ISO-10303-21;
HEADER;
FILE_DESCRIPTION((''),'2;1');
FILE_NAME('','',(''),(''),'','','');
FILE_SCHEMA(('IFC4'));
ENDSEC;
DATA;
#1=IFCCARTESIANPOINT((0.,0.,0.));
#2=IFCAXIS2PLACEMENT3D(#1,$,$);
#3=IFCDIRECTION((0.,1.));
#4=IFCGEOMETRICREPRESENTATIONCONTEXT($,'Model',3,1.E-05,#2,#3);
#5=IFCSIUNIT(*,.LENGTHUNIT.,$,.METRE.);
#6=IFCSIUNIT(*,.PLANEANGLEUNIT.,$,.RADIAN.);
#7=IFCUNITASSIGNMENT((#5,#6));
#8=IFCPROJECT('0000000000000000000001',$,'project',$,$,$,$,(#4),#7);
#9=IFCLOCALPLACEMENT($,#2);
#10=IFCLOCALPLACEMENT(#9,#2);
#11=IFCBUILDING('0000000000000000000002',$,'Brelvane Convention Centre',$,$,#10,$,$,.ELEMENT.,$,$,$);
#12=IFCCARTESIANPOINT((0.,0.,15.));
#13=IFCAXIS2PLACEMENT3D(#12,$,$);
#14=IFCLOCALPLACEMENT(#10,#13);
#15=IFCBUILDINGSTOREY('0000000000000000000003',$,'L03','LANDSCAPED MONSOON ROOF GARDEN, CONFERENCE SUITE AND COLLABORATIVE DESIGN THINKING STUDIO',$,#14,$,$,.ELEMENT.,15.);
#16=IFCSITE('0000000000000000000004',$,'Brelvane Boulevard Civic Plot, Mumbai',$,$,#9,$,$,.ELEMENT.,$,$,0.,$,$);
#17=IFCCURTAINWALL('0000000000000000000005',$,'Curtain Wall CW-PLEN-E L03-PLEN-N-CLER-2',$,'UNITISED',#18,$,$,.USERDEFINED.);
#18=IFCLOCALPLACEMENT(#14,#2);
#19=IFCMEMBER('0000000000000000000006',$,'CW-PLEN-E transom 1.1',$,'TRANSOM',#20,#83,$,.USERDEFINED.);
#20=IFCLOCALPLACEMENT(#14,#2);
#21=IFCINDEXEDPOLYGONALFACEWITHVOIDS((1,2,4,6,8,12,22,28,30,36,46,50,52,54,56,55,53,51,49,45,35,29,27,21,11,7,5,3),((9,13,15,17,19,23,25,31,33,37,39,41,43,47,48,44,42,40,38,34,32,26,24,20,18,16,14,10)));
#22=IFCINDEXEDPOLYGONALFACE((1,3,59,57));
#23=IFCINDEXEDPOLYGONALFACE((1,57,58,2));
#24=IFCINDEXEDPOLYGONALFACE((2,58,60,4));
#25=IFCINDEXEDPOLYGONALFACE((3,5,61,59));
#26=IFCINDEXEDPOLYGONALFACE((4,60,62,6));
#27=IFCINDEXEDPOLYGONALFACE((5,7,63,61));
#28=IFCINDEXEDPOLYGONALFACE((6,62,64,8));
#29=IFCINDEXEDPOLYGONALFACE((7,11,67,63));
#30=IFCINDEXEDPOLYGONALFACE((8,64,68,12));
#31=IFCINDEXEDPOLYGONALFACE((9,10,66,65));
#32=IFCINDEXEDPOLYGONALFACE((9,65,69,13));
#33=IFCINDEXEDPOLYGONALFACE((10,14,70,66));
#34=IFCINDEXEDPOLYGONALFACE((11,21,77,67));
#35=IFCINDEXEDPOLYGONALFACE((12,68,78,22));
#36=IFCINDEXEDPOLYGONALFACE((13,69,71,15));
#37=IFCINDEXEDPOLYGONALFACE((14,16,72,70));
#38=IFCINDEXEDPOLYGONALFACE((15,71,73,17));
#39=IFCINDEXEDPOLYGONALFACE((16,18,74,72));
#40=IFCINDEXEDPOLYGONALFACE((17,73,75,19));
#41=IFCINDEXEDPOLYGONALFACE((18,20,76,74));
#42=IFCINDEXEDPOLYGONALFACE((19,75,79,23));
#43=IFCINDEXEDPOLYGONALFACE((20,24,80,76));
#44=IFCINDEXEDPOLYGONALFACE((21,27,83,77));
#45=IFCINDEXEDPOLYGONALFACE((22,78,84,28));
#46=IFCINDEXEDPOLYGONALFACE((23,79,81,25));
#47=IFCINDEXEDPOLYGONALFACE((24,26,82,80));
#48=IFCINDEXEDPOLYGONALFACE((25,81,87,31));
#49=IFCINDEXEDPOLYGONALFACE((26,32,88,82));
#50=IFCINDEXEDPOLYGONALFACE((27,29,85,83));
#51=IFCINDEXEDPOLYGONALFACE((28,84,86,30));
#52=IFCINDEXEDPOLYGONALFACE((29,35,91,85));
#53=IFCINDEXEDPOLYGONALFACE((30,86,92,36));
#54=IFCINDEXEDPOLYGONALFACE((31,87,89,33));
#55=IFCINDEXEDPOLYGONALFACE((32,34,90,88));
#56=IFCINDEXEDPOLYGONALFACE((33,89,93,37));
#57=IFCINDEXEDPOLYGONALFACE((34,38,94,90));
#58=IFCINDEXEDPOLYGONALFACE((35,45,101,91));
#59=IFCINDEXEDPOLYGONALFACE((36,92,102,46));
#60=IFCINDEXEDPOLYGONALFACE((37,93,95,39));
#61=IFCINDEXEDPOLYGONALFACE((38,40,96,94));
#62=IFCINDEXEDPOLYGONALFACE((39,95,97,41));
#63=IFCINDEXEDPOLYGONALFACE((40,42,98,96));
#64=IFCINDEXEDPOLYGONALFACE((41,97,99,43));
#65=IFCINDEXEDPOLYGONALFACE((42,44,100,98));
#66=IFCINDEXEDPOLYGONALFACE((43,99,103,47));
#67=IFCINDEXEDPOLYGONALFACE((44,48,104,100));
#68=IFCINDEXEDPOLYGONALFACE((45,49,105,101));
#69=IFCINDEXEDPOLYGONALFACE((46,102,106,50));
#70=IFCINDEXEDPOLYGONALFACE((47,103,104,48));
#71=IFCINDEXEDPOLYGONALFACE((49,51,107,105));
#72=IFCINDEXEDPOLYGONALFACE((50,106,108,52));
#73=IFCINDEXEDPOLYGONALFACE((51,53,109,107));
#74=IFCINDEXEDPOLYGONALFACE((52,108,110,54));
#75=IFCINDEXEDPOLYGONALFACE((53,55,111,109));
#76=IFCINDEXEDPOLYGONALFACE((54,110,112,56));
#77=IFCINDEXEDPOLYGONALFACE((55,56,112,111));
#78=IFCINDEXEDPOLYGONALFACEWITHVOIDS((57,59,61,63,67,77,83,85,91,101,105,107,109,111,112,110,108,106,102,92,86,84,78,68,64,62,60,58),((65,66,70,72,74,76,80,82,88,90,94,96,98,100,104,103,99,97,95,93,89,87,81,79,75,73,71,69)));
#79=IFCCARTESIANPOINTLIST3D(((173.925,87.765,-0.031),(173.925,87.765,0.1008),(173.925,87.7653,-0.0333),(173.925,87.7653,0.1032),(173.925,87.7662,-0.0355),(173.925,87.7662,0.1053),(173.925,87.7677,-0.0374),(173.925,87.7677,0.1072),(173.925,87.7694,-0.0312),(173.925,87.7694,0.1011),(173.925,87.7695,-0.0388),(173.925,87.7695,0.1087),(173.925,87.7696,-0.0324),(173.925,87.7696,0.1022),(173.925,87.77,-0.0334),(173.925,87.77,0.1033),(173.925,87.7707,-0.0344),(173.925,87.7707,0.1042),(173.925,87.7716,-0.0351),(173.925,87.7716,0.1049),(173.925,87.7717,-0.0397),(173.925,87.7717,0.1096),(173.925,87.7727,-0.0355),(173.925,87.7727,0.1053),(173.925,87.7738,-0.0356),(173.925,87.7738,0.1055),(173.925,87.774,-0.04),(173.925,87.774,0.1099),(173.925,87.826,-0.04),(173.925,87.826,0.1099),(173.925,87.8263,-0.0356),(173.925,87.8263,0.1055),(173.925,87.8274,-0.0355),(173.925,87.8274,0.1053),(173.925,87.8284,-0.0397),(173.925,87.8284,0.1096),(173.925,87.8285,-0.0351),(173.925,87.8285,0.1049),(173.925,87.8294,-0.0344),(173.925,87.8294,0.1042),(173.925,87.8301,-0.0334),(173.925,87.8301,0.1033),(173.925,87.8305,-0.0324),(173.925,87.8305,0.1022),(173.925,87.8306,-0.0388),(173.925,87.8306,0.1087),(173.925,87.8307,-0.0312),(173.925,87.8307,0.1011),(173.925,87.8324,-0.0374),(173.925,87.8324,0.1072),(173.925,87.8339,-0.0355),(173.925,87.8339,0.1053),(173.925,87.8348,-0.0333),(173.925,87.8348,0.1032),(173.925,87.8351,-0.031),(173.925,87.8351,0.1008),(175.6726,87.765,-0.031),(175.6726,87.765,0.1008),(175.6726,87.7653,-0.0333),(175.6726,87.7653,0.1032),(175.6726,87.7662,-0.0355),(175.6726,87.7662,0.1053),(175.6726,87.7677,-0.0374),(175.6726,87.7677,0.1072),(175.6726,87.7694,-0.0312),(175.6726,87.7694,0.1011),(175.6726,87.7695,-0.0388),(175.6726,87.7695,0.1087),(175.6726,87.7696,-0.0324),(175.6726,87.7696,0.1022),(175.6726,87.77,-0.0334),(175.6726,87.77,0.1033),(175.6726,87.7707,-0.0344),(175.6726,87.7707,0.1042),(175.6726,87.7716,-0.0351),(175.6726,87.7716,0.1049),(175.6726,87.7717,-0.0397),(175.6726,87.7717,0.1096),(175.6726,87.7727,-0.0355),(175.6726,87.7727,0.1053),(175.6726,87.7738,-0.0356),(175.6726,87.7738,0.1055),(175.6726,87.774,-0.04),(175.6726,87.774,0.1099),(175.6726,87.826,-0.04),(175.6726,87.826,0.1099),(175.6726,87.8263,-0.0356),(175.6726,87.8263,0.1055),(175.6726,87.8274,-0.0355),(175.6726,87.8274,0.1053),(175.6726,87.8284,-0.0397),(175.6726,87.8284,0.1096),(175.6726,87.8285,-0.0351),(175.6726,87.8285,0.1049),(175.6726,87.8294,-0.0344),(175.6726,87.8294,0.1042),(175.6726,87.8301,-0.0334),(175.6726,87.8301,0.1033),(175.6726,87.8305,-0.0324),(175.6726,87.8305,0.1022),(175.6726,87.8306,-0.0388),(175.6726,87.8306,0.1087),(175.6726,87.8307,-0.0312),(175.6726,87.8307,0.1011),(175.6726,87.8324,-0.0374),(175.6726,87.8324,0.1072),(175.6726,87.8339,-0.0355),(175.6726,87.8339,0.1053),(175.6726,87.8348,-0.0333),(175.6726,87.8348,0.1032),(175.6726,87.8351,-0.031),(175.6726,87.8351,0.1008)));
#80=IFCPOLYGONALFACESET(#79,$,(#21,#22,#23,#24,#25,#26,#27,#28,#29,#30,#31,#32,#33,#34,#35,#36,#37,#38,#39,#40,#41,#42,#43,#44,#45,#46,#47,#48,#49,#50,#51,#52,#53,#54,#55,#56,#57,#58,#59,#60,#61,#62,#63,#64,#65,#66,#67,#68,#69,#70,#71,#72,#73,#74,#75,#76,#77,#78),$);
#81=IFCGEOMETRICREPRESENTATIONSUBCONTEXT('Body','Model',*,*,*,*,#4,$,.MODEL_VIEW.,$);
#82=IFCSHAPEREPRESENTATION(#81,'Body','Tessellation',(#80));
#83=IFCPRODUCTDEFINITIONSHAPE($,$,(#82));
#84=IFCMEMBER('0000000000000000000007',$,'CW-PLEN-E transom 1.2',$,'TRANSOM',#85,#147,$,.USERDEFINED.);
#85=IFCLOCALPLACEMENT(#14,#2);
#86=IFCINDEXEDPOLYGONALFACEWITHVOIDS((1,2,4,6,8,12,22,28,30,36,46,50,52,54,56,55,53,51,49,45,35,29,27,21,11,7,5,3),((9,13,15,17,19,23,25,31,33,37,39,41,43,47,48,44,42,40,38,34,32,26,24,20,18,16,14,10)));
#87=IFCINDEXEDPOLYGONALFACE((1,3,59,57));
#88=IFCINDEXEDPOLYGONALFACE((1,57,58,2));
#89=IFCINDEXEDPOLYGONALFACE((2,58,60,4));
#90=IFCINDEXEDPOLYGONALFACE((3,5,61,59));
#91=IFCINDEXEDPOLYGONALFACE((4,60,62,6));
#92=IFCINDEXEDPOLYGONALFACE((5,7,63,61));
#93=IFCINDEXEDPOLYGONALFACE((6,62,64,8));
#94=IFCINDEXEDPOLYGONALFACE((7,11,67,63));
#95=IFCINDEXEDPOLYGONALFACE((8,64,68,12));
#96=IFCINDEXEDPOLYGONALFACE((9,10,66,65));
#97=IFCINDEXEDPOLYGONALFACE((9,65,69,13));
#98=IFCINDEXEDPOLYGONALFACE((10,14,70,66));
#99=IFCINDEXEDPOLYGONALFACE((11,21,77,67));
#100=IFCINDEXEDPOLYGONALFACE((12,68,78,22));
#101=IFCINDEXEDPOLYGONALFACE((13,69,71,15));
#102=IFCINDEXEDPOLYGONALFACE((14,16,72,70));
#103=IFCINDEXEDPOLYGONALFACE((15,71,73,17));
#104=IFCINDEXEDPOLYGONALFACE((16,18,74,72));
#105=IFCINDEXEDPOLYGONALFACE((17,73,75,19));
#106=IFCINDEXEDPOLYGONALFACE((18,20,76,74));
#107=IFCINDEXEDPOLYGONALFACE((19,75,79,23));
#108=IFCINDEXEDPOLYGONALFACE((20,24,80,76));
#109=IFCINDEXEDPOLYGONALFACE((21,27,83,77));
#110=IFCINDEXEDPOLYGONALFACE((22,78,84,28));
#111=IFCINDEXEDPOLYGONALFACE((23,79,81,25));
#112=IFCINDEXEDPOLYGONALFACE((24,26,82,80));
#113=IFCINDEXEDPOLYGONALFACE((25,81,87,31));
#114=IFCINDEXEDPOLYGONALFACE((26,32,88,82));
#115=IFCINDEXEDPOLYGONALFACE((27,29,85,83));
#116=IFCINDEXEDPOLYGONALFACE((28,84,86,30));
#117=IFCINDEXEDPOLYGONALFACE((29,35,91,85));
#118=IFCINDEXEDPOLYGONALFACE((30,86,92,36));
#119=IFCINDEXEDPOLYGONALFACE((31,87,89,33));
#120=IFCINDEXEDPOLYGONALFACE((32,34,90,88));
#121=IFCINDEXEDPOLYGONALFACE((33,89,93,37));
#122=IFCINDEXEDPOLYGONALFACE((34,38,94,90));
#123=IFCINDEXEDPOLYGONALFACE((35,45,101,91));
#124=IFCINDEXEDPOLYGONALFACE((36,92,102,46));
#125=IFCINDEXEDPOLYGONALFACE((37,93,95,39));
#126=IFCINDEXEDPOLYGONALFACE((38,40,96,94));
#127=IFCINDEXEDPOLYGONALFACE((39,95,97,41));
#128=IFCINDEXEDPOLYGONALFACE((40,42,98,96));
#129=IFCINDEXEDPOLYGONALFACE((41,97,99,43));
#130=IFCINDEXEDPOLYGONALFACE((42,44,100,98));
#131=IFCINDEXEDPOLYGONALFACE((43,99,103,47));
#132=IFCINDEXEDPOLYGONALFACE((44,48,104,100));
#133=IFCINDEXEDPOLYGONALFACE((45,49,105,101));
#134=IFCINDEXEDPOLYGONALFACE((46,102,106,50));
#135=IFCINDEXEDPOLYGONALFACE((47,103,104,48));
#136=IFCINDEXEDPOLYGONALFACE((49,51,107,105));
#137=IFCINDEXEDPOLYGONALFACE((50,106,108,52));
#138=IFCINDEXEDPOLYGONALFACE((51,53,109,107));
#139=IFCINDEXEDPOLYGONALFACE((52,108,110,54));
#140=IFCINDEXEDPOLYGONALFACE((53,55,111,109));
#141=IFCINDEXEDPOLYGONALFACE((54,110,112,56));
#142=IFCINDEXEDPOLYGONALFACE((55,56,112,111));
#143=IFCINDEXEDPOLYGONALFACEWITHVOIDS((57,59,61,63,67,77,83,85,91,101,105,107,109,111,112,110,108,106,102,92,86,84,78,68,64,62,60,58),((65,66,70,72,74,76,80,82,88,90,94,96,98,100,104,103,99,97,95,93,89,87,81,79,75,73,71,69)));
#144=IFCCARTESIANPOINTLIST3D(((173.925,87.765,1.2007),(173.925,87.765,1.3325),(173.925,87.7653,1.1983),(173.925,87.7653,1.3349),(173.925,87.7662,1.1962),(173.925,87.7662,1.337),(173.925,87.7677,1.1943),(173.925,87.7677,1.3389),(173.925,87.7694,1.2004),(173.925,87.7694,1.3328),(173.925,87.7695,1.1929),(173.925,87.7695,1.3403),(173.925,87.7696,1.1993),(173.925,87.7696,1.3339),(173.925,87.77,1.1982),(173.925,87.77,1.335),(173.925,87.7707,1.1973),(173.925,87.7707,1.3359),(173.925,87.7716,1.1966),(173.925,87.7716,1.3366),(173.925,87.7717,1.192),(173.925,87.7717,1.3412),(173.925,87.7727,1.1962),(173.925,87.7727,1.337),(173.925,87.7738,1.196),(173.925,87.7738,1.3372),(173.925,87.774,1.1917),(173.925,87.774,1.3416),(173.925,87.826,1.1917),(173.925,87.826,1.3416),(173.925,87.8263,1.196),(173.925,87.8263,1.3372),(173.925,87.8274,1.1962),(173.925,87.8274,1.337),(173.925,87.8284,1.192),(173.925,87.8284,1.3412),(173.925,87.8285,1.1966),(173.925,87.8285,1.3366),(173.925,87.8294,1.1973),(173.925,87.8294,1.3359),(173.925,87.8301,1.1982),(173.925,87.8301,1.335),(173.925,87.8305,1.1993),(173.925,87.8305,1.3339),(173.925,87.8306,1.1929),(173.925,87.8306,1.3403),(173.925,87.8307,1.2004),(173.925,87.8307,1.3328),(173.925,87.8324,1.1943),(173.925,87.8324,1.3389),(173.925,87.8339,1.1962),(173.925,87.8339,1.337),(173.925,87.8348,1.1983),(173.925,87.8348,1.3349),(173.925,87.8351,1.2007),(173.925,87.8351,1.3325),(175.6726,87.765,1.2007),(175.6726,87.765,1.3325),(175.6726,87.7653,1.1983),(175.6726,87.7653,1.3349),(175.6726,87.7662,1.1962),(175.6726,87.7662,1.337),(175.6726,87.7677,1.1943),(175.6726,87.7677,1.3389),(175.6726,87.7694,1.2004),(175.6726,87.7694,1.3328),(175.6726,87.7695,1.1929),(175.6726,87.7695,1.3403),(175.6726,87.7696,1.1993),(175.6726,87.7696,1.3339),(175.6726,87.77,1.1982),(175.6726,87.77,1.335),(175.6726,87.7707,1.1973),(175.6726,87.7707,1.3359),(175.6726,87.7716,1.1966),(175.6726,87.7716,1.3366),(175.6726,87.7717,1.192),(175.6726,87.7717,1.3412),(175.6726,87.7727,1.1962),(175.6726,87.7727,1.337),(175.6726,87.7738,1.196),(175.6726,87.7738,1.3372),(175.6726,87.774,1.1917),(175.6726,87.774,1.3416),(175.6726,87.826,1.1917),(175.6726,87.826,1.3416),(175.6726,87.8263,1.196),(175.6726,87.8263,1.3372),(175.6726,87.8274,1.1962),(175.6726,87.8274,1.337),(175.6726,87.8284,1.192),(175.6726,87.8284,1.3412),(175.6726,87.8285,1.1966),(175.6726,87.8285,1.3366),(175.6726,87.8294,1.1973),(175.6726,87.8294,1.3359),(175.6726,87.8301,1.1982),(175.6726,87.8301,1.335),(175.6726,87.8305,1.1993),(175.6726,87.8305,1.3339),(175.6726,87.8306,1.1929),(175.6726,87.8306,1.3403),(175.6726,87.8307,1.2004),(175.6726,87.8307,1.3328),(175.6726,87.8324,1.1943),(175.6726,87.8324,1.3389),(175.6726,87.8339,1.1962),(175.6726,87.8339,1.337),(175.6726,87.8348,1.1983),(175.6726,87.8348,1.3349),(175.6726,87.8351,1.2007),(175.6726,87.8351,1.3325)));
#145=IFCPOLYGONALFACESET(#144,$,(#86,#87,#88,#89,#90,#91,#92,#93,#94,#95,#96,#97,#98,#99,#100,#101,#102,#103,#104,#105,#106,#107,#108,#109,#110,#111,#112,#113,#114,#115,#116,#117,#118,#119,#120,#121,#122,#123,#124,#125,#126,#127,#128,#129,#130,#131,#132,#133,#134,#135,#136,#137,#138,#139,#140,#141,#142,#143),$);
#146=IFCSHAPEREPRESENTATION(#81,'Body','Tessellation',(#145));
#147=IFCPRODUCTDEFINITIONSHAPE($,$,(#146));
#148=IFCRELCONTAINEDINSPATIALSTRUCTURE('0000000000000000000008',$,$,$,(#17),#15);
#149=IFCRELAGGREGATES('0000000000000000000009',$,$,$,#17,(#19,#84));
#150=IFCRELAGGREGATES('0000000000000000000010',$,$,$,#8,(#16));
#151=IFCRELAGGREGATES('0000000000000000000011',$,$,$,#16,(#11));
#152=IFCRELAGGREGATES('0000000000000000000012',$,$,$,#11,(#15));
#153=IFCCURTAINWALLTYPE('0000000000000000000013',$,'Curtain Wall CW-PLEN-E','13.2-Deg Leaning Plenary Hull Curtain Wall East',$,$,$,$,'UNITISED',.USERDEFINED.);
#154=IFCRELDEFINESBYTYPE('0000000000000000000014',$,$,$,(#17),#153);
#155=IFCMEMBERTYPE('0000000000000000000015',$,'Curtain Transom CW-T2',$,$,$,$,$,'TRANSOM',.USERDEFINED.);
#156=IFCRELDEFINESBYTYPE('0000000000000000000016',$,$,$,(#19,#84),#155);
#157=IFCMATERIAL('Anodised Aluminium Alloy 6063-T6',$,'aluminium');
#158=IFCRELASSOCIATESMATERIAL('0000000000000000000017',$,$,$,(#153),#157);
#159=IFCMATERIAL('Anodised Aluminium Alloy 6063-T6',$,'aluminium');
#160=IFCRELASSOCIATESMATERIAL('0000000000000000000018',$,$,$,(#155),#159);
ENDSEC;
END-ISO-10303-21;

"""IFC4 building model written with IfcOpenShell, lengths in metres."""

from ifc_helpers import new_model, si_unit, direction, frame, origin, origin_2d, place, context, subcontext, project, spatial, hollow_rectangle, extrude, material, material_profile, profile_set, type_object, element, aggregate, save


model = new_model("IFC4")

# Units and contexts
model_context = context("Model", 3, precision=1e-05, world=origin(), true_north=direction((0.0, 1.0)))
body_context = subcontext(model_context, "Body", "Model", "MODEL_VIEW")
ifc_project = project(units=[si_unit("LENGTHUNIT", "METRE"), si_unit("PLANEANGLEUNIT", "RADIAN")], contexts=[model_context])

# Site, building, storey
site_placement = place(None, origin())
site = spatial("IfcSite", under=ifc_project, at=site_placement, Name="Brelvane Boulevard Civic Plot, Mumbai", CompositionType="ELEMENT", RefElevation=0.0)
building_placement = place(site_placement, origin())
building = spatial("IfcBuilding", under=site, at=building_placement, Name="Brelvane Convention Centre", CompositionType="ELEMENT")
storey_placement = place(building_placement, frame((0.0, 0.0, 15.0)))
storey = spatial("IfcBuildingStorey", under=building, at=storey_placement, Name="L03", Description="LANDSCAPED MONSOON ROOF GARDEN, CONFERENCE SUITE AND COLLABORATIVE DESIGN THINKING STUDIO", CompositionType="ELEMENT", Elevation=15.0)

# Curtain wall
ifc_material_1 = material(Name="Anodised Aluminium Alloy 6063-T6", Category="aluminium")
curtain_wall_type = type_object("IfcCurtainWallType", Name="Curtain Wall CW-PLEN-E", Description="13.2-Deg Leaning Plenary Hull Curtain Wall East", ElementType="UNITISED", PredefinedType="USERDEFINED", material=ifc_material_1)
curtain_wall_1_placement = place(storey_placement, origin())
curtain_wall_1 = element("IfcCurtainWall", 1, at=curtain_wall_1_placement, inside=storey, type_object=curtain_wall_type, Name="Curtain Wall CW-PLEN-E L03-PLEN-N-CLER-2", ObjectType="UNITISED", PredefinedType="USERDEFINED")

# Members
ifc_material_2 = material(Name="Anodised Aluminium Alloy 6063-T6", Category="aluminium")
ifc_material_profile_1 = material_profile(ifc_material_2, hollow_rectangle(XDim=0.0701, YDim=0.1499, WallThickness=0.0044, InnerFilletRadius=0.0044, OuterFilletRadius=0.009, at=origin_2d()), Name="ALU-T 150x70x4.5")
ifc_profile_set_1 = profile_set([ifc_material_profile_1], Name="Anodised Aluminium Alloy 6063-T6")
member_type_1 = type_object("IfcMemberType", Name="Curtain Transom CW-T2", ElementType="TRANSOM", PredefinedType="USERDEFINED", material=ifc_profile_set_1)
member_1_placement = place(storey_placement, frame((173.925, 87.8, 0.0349), z_axis=(1.0, 0.0, 0.0), x_axis=(0.0, 1.0, 0.0)))
member_1 = element("IfcMember", 2, at=member_1_placement, type_object=member_type_1, Name="CW-PLEN-E transom 1.1", ObjectType="TRANSOM", PredefinedType="USERDEFINED", context=body_context, shape_type="SweptSolid", body=[
    extrude(hollow_rectangle(XDim=0.0701, YDim=0.1499, WallThickness=0.0044, InnerFilletRadius=0.0044, OuterFilletRadius=0.009, at=origin_2d()), origin(), (0.0, 0.0, 1.0), 1.7476),
])
member_2_placement = place(storey_placement, frame((173.925, 87.8, 1.2666), z_axis=(1.0, 0.0, 0.0), x_axis=(0.0, 1.0, 0.0)))
member_2 = element("IfcMember", 3, at=member_2_placement, type_object=member_type_1, Name="CW-PLEN-E transom 1.2", ObjectType="TRANSOM", PredefinedType="USERDEFINED", context=body_context, shape_type="SweptSolid", body=[
    extrude(hollow_rectangle(XDim=0.0701, YDim=0.1499, WallThickness=0.0044, InnerFilletRadius=0.0044, OuterFilletRadius=0.009, at=origin_2d()), origin(), (0.0, 0.0, 1.0), 1.7476),
])

aggregate(curtain_wall_1, [member_1, member_2])

save(model, "model.ifc")
